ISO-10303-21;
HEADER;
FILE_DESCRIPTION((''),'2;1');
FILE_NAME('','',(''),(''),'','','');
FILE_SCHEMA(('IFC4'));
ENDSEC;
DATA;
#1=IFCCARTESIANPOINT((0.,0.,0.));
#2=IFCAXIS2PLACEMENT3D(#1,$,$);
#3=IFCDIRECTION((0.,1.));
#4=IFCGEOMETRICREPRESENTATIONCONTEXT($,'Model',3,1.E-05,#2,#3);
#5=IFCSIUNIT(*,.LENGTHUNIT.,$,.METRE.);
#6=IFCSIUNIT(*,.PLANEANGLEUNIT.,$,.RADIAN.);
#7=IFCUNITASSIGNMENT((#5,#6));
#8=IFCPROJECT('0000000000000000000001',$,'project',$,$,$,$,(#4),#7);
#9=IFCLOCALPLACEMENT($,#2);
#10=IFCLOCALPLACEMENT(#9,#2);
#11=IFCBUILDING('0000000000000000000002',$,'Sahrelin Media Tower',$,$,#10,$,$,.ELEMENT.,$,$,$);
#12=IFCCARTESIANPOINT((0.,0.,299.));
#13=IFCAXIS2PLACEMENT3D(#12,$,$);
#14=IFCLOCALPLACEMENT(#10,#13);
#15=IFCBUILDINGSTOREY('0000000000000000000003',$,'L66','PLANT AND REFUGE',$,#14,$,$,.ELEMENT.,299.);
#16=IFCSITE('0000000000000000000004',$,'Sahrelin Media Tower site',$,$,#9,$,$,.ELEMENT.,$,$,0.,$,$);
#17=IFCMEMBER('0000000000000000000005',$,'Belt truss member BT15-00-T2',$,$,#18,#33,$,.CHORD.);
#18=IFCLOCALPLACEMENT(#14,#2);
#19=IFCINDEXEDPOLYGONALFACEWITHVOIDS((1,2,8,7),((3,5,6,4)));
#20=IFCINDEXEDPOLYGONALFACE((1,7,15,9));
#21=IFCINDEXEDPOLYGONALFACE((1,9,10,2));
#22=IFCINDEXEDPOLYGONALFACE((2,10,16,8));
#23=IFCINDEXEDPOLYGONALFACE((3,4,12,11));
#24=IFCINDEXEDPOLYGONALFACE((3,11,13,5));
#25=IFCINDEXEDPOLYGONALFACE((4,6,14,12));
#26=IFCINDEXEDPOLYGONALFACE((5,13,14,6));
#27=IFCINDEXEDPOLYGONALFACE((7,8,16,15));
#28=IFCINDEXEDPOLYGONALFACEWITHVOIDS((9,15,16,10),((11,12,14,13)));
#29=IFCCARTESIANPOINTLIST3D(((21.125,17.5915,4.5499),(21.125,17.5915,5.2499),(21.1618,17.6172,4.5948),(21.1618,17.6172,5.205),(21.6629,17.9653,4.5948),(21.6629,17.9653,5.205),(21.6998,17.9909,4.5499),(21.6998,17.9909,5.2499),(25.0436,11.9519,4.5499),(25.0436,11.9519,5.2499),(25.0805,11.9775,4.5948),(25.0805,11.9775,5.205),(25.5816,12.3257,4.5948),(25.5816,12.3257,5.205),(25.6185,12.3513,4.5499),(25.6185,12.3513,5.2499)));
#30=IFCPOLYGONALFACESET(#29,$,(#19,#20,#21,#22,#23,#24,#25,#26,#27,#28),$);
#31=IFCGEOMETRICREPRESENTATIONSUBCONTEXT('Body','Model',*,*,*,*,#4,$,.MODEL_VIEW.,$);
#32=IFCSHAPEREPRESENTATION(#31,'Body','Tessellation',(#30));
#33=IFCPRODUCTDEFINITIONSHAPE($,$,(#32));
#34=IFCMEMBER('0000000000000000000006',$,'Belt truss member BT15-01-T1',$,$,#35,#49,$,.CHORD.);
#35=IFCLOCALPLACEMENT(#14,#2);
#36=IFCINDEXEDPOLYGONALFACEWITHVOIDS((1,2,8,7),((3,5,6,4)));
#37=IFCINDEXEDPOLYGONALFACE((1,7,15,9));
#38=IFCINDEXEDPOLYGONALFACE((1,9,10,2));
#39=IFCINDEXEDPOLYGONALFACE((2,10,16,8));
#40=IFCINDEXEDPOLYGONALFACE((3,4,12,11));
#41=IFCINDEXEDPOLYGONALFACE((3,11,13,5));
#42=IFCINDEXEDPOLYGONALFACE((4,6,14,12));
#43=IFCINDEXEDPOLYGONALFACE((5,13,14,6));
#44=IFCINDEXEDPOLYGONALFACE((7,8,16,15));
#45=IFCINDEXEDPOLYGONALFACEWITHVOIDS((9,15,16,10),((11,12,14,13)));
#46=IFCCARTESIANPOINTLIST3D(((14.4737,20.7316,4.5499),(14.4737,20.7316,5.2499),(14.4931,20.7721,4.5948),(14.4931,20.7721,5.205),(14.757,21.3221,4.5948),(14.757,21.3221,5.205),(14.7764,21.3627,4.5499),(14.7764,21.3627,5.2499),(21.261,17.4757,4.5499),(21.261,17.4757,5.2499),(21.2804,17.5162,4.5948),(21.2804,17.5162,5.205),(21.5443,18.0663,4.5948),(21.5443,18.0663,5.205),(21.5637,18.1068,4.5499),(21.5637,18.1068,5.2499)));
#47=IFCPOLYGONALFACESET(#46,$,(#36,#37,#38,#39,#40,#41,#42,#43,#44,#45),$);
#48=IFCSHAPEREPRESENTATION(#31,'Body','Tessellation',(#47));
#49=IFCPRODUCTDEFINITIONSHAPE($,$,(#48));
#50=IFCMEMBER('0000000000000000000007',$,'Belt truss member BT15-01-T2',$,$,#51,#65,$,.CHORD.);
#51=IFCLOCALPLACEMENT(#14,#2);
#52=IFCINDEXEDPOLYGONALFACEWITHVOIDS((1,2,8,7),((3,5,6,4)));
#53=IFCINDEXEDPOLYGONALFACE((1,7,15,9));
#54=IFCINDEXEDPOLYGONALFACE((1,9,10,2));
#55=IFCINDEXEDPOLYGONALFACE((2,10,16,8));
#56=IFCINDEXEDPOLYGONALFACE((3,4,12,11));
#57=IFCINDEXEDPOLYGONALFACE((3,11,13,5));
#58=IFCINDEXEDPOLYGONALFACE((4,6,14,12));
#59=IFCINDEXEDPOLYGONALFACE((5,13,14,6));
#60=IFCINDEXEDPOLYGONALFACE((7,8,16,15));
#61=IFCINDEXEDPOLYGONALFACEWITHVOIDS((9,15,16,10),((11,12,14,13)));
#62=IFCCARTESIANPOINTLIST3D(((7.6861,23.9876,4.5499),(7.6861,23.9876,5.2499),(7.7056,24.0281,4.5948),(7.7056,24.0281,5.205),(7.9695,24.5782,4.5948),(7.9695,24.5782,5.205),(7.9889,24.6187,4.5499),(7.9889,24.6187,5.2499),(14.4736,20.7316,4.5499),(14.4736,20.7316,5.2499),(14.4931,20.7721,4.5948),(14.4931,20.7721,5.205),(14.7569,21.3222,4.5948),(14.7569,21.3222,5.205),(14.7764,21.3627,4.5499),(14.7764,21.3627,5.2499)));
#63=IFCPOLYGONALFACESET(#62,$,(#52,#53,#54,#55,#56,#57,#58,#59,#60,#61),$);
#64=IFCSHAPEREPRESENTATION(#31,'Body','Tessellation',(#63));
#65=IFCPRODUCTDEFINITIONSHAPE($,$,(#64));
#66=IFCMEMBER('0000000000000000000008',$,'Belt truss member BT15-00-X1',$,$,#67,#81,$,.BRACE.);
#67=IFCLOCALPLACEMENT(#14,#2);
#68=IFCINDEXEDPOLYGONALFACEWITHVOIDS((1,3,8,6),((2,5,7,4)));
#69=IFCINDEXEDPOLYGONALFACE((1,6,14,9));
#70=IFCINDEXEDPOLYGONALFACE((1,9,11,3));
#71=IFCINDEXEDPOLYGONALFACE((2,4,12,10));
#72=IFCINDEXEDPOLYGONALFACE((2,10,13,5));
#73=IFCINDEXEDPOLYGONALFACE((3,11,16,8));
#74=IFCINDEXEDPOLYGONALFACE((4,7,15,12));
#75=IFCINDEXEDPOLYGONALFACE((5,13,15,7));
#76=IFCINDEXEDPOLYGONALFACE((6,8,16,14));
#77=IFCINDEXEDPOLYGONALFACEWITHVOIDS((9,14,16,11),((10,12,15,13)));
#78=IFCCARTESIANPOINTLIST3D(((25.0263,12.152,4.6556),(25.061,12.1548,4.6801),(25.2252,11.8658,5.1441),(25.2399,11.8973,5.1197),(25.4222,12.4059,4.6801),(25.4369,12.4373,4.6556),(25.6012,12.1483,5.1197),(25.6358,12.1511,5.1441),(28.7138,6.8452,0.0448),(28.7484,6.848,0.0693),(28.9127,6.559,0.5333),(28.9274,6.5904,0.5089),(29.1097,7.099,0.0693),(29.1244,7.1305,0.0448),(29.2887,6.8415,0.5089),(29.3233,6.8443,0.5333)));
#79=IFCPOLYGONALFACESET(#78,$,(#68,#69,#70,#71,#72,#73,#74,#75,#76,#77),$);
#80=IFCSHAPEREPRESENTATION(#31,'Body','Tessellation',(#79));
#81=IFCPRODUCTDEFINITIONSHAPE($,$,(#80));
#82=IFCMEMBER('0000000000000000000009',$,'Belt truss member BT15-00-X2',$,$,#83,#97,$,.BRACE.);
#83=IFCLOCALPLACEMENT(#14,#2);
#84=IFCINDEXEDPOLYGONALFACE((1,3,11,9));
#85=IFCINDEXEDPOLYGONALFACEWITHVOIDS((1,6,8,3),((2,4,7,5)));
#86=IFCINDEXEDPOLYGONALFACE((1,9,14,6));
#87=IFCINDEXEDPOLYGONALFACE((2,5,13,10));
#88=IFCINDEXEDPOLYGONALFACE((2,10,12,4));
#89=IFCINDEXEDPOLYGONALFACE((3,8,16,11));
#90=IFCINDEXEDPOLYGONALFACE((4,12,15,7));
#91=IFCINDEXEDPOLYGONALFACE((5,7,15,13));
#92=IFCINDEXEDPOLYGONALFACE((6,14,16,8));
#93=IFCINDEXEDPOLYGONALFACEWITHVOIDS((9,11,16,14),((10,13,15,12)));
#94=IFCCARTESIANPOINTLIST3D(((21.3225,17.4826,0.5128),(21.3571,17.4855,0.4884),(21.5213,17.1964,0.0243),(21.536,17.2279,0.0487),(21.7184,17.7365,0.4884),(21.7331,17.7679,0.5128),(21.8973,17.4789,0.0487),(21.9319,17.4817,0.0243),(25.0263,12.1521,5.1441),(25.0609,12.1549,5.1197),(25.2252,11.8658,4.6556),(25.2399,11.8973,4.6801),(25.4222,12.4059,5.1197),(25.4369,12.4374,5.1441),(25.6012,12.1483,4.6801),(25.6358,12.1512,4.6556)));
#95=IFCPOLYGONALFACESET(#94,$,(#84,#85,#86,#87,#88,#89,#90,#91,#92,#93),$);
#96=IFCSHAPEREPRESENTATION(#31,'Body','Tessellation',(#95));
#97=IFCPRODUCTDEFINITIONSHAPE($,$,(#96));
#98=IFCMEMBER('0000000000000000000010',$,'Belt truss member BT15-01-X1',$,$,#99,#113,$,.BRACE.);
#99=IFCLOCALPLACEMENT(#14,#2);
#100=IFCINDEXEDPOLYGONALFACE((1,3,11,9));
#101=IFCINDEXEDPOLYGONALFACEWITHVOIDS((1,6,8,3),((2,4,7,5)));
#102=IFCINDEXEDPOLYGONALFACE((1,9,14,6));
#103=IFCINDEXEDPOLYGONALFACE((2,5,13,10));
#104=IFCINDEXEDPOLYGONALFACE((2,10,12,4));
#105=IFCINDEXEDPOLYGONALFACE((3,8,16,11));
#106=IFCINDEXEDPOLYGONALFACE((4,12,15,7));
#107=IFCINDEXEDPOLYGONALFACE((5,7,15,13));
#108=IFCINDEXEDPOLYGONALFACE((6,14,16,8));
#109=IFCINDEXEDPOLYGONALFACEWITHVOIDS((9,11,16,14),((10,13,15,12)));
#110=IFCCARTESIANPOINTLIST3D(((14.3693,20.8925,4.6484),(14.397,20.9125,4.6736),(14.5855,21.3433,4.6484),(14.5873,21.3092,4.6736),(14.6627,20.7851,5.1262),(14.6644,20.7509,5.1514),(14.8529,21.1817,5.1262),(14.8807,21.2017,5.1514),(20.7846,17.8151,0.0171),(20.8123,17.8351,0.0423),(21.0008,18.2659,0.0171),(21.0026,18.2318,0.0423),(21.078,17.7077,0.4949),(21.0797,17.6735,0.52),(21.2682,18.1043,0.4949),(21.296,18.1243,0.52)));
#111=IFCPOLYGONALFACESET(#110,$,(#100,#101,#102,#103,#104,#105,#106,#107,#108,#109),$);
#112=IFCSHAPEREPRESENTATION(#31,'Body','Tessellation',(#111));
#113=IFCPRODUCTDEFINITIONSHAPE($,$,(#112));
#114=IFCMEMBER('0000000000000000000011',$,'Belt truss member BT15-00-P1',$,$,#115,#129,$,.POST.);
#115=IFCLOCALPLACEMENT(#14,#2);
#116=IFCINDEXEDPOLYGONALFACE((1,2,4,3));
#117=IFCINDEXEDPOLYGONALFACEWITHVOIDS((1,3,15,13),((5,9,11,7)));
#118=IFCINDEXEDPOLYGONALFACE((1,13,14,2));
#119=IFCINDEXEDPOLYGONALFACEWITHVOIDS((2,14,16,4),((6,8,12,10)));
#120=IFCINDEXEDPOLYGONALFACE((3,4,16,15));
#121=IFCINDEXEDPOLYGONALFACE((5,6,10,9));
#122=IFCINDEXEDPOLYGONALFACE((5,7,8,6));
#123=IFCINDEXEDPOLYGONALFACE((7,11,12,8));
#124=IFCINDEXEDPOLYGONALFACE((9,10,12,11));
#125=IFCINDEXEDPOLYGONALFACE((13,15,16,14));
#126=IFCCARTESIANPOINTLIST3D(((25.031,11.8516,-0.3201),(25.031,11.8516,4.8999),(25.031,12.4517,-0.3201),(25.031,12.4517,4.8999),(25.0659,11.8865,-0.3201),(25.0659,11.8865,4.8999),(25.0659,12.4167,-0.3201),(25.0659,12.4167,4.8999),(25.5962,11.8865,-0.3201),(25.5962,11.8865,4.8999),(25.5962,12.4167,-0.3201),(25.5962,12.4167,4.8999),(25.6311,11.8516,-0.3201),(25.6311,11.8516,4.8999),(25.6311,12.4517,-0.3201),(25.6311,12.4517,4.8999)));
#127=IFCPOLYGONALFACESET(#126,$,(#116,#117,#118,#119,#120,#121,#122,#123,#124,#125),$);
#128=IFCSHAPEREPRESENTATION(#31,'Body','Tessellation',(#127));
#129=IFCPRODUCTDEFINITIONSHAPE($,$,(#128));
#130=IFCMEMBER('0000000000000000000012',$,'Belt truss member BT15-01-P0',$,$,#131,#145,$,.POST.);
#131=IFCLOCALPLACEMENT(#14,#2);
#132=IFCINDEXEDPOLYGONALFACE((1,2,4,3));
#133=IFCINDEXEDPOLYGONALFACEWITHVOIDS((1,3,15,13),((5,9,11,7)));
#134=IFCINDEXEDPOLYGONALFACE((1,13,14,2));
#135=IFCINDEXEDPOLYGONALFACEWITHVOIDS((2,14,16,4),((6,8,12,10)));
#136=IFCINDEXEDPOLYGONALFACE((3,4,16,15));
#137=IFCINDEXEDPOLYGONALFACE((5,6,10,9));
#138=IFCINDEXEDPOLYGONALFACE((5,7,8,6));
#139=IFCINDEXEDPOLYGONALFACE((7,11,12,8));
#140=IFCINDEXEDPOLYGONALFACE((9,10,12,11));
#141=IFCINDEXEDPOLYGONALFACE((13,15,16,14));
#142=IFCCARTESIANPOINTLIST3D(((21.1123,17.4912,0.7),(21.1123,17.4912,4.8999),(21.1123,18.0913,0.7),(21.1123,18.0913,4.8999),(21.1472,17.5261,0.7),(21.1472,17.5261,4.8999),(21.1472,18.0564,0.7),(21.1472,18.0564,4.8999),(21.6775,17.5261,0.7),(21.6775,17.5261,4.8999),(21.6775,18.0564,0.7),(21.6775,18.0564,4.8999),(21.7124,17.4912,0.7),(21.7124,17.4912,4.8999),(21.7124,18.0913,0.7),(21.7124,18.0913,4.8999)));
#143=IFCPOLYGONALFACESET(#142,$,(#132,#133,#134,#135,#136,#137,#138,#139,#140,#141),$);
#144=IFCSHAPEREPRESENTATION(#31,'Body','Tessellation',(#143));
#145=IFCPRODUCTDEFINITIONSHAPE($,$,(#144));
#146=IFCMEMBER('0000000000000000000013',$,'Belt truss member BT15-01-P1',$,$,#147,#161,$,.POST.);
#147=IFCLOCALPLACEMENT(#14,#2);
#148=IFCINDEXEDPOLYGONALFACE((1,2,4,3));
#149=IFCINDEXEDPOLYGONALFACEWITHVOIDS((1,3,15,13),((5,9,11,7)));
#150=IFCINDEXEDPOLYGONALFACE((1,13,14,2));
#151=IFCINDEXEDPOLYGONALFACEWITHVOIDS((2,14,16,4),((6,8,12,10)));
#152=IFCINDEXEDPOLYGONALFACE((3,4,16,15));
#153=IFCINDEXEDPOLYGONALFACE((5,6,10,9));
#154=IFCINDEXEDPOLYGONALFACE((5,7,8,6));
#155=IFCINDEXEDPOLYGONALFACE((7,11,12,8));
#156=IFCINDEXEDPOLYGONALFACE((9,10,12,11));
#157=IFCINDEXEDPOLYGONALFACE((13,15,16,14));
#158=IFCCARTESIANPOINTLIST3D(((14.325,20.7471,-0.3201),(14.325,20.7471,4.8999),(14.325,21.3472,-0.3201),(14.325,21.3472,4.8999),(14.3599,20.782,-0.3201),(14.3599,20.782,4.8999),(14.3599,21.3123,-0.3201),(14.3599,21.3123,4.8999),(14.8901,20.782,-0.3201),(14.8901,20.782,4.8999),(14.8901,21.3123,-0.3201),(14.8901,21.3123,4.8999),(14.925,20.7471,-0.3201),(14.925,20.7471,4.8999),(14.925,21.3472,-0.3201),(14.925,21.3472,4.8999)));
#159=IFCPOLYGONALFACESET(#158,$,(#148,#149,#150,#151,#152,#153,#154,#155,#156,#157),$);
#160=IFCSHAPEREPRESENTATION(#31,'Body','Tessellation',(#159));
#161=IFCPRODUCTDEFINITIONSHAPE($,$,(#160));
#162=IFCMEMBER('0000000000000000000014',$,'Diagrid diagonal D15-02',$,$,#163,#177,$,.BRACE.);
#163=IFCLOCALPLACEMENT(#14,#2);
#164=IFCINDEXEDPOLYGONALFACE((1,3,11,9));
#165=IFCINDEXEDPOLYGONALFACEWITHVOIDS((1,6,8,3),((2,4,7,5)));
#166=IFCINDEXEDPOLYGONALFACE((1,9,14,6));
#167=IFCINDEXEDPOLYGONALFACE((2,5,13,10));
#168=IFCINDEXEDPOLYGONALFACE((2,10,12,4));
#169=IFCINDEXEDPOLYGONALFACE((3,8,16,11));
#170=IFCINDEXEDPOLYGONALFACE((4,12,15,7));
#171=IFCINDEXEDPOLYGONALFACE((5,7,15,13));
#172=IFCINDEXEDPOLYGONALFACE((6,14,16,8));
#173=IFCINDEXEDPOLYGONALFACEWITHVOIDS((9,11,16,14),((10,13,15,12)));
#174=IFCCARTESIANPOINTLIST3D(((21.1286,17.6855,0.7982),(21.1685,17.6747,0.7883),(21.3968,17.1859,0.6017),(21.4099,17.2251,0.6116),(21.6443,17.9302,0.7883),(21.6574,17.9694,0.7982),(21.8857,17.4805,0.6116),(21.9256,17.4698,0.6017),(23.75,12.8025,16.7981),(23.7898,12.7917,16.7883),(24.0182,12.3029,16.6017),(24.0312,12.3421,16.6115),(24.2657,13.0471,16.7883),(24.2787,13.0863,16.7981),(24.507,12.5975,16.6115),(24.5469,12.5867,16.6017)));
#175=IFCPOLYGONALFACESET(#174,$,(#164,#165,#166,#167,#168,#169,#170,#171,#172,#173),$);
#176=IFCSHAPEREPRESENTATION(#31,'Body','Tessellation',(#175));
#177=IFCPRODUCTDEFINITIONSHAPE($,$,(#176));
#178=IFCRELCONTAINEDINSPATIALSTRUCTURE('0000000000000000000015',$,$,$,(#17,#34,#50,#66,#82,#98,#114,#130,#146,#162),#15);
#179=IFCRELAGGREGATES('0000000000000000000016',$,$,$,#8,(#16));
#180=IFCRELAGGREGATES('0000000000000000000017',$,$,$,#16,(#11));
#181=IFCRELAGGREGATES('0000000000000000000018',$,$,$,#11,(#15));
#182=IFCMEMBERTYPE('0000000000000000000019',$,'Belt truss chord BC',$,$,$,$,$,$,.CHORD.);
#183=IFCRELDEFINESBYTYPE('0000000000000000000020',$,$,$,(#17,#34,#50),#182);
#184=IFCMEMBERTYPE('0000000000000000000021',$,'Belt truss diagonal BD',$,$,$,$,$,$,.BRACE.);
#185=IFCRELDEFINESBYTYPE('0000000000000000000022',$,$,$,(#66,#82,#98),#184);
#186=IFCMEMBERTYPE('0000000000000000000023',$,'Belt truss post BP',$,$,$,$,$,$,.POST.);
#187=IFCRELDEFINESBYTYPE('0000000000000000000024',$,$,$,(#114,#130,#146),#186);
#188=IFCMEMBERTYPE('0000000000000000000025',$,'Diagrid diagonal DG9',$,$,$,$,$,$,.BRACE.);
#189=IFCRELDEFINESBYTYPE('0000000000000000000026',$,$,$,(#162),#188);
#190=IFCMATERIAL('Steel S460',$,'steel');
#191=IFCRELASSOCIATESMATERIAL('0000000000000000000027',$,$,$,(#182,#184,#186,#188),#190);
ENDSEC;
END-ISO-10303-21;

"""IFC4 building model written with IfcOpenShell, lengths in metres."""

from ifc_helpers import new_model, si_unit, direction, frame, origin, origin_2d, place, context, subcontext, project, spatial, hollow_rectangle, extrude, material, material_profile, profile_set, type_object, element, save


model = new_model("IFC4")

# Units and contexts
model_context = context("Model", 3, precision=1e-05, world=origin(), true_north=direction((0.0, 1.0)))
body_context = subcontext(model_context, "Body", "Model", "MODEL_VIEW")
ifc_project = project(units=[si_unit("LENGTHUNIT", "METRE"), si_unit("PLANEANGLEUNIT", "RADIAN")], contexts=[model_context])

# Site, building, storey
site_placement = place(None, origin())
site = spatial("IfcSite", under=ifc_project, at=site_placement, Name="Sahrelin Media Tower site", CompositionType="ELEMENT", RefElevation=0.0)
building_placement = place(site_placement, origin())
building = spatial("IfcBuilding", under=site, at=building_placement, Name="Sahrelin Media Tower", CompositionType="ELEMENT")
storey_placement = place(building_placement, frame((0.0, 0.0, 299.0)))
storey = spatial("IfcBuildingStorey", under=building, at=storey_placement, Name="L66", Description="PLANT AND REFUGE", CompositionType="ELEMENT", Elevation=299.0)

# Members
ifc_material_1 = material(Name="Steel S460", Category="steel")
ifc_material_profile_1 = material_profile(ifc_material_1, hollow_rectangle(XDim=0.7, YDim=0.7, WallThickness=0.0449, at=origin_2d()), Name="Belt truss chord BC")
ifc_profile_set_1 = profile_set([ifc_material_profile_1], Name="Steel S460")
member_type_1 = type_object("IfcMemberType", Name="Belt truss chord BC", PredefinedType="CHORD", material=ifc_profile_set_1)
member_1_placement = place(storey_placement, frame((25.3311, 12.1516, 4.8999), z_axis=(-0.57062, 0.821214, 0.0), x_axis=(-0.821214, -0.57062, 0.0)))
element("IfcMember", 1, at=member_1_placement, inside=storey, type_object=member_type_1, Name="Belt truss member BT15-00-T2", PredefinedType="CHORD", context=body_context, shape_type="SweptSolid", body=[
    extrude(hollow_rectangle(XDim=0.7, YDim=0.7, WallThickness=0.0449, at=origin_2d()), origin(), (0.0, 0.0, 1.0), 6.8674),
])
member_2_placement = place(storey_placement, frame((21.4124, 17.7913, 4.8999), z_axis=(-0.90163, 0.432508, 0.0), x_axis=(-0.432508, -0.90163, 0.0)))
element("IfcMember", 2, at=member_2_placement, inside=storey, type_object=member_type_1, Name="Belt truss member BT15-01-T1", PredefinedType="CHORD", context=body_context, shape_type="SweptSolid", body=[
    extrude(hollow_rectangle(XDim=0.7, YDim=0.7, WallThickness=0.0449, at=origin_2d()), origin(), (0.0, 0.0, 1.0), 7.5278),
])
member_3_placement = place(storey_placement, frame((14.625, 21.0471, 4.8999), z_axis=(-0.901624, 0.432521, 0.0), x_axis=(-0.432521, -0.901624, 0.0)))
element("IfcMember", 3, at=member_3_placement, inside=storey, type_object=member_type_1, Name="Belt truss member BT15-01-T2", PredefinedType="CHORD", context=body_context, shape_type="SweptSolid", body=[
    extrude(hollow_rectangle(XDim=0.7, YDim=0.7, WallThickness=0.0449, at=origin_2d()), origin(), (0.0, 0.0, 1.0), 7.5281),
])
ifc_material_profile_2 = material_profile(ifc_material_1, hollow_rectangle(XDim=0.5, YDim=0.6001, WallThickness=0.03, at=origin_2d()), Name="Belt truss diagonal BD")
ifc_profile_set_2 = profile_set([ifc_material_profile_2], Name="Steel S460")
member_type_2 = type_object("IfcMemberType", Name="Belt truss diagonal BD", PredefinedType="BRACE", material=ifc_profile_set_2)
member_4_placement = place(storey_placement, frame((29.0186, 6.8447, 0.2891), z_axis=(-0.464506, 0.668496, 0.580817), x_axis=(-0.821213, -0.570622, 0.0)))
element("IfcMember", 4, at=member_4_placement, inside=storey, type_object=member_type_2, Name="Belt truss member BT15-00-X1", PredefinedType="BRACE", context=body_context, shape_type="SweptSolid", body=[
    extrude(hollow_rectangle(XDim=0.5, YDim=0.6001, WallThickness=0.03, at=origin_2d()), origin(), (0.0, 0.0, 1.0), 7.9385),
])
member_5_placement = place(storey_placement, frame((21.6272, 17.4822, 0.2686), z_axis=(0.464498, -0.668503, 0.580814), x_axis=(0.82122, 0.570611, 0.0)))
element("IfcMember", 5, at=member_5_placement, inside=storey, type_object=member_type_2, Name="Belt truss member BT15-00-X2", PredefinedType="BRACE", context=body_context, shape_type="SweptSolid", body=[
    extrude(hollow_rectangle(XDim=0.5, YDim=0.6001, WallThickness=0.03, at=origin_2d()), origin(), (0.0, 0.0, 1.0), 7.9739),
])
member_6_placement = place(storey_placement, frame((21.0403, 17.9697, 0.2686), z_axis=(-0.755652, 0.362484, 0.545523), x_axis=(-0.432509, -0.90163, 0.0)))
element("IfcMember", 6, at=member_6_placement, inside=storey, type_object=member_type_2, Name="Belt truss member BT15-01-X1", PredefinedType="BRACE", context=body_context, shape_type="SweptSolid", body=[
    extrude(hollow_rectangle(XDim=0.5, YDim=0.6001, WallThickness=0.03, at=origin_2d()), origin(), (0.0, 0.0, 1.0), 8.4897),
])
ifc_material_profile_3 = material_profile(ifc_material_1, hollow_rectangle(XDim=0.6001, YDim=0.6001, WallThickness=0.0349, at=origin_2d()), Name="Belt truss post BP")
ifc_profile_set_3 = profile_set([ifc_material_profile_3], Name="Steel S460")
member_type_3 = type_object("IfcMemberType", Name="Belt truss post BP", PredefinedType="POST", material=ifc_profile_set_3)
member_7_placement = place(storey_placement, frame((25.3311, 12.1516, -0.3201), z_axis=(0.0, 0.0, 1.0), x_axis=(1.0, 0.0, 0.0)))
element("IfcMember", 7, at=member_7_placement, inside=storey, type_object=member_type_3, Name="Belt truss member BT15-00-P1", PredefinedType="POST", context=body_context, shape_type="SweptSolid", body=[
    extrude(hollow_rectangle(XDim=0.6001, YDim=0.6001, WallThickness=0.0349, at=origin_2d()), origin(), (0.0, 0.0, 1.0), 5.22),
])
member_8_placement = place(storey_placement, frame((21.4124, 17.7913, 0.7), z_axis=(0.0, 0.0, 1.0), x_axis=(1.0, 0.0, 0.0)))
element("IfcMember", 8, at=member_8_placement, inside=storey, type_object=member_type_3, Name="Belt truss member BT15-01-P0", PredefinedType="POST", context=body_context, shape_type="SweptSolid", body=[
    extrude(hollow_rectangle(XDim=0.6001, YDim=0.6001, WallThickness=0.0349, at=origin_2d()), origin(), (0.0, 0.0, 1.0), 4.2),
])
member_9_placement = place(storey_placement, frame((14.625, 21.0471, -0.3201), z_axis=(0.0, 0.0, 1.0), x_axis=(1.0, 0.0, 0.0)))
element("IfcMember", 9, at=member_9_placement, inside=storey, type_object=member_type_3, Name="Belt truss member BT15-01-P1", PredefinedType="POST", context=body_context, shape_type="SweptSolid", body=[
    extrude(hollow_rectangle(XDim=0.6001, YDim=0.6001, WallThickness=0.0349, at=origin_2d()), origin(), (0.0, 0.0, 1.0), 5.22),
])
ifc_material_profile_4 = material_profile(ifc_material_1, hollow_rectangle(XDim=0.6001, YDim=0.6001, WallThickness=0.03, at=origin_2d()), Name="Diagrid diagonal DG9")
ifc_profile_set_4 = profile_set([ifc_material_profile_4], Name="Steel S460")
member_type_4 = type_object("IfcMemberType", Name="Diagrid diagonal DG9", PredefinedType="BRACE", material=ifc_profile_set_4)
member_10_placement = place(storey_placement, frame((21.5271, 17.5776, 0.7), z_axis=(0.154809, -0.288381, 0.944918), x_axis=(0.881073, 0.47298, 0.0)))
element("IfcMember", 10, at=member_10_placement, inside=storey, type_object=member_type_4, Name="Diagrid diagonal D15-02", PredefinedType="BRACE", context=body_context, shape_type="SweptSolid", body=[
    extrude(hollow_rectangle(XDim=0.6001, YDim=0.6001, WallThickness=0.03, at=origin_2d()), origin(), (0.0, 0.0, 1.0), 16.9326),
])

save(model, "model.ifc")
